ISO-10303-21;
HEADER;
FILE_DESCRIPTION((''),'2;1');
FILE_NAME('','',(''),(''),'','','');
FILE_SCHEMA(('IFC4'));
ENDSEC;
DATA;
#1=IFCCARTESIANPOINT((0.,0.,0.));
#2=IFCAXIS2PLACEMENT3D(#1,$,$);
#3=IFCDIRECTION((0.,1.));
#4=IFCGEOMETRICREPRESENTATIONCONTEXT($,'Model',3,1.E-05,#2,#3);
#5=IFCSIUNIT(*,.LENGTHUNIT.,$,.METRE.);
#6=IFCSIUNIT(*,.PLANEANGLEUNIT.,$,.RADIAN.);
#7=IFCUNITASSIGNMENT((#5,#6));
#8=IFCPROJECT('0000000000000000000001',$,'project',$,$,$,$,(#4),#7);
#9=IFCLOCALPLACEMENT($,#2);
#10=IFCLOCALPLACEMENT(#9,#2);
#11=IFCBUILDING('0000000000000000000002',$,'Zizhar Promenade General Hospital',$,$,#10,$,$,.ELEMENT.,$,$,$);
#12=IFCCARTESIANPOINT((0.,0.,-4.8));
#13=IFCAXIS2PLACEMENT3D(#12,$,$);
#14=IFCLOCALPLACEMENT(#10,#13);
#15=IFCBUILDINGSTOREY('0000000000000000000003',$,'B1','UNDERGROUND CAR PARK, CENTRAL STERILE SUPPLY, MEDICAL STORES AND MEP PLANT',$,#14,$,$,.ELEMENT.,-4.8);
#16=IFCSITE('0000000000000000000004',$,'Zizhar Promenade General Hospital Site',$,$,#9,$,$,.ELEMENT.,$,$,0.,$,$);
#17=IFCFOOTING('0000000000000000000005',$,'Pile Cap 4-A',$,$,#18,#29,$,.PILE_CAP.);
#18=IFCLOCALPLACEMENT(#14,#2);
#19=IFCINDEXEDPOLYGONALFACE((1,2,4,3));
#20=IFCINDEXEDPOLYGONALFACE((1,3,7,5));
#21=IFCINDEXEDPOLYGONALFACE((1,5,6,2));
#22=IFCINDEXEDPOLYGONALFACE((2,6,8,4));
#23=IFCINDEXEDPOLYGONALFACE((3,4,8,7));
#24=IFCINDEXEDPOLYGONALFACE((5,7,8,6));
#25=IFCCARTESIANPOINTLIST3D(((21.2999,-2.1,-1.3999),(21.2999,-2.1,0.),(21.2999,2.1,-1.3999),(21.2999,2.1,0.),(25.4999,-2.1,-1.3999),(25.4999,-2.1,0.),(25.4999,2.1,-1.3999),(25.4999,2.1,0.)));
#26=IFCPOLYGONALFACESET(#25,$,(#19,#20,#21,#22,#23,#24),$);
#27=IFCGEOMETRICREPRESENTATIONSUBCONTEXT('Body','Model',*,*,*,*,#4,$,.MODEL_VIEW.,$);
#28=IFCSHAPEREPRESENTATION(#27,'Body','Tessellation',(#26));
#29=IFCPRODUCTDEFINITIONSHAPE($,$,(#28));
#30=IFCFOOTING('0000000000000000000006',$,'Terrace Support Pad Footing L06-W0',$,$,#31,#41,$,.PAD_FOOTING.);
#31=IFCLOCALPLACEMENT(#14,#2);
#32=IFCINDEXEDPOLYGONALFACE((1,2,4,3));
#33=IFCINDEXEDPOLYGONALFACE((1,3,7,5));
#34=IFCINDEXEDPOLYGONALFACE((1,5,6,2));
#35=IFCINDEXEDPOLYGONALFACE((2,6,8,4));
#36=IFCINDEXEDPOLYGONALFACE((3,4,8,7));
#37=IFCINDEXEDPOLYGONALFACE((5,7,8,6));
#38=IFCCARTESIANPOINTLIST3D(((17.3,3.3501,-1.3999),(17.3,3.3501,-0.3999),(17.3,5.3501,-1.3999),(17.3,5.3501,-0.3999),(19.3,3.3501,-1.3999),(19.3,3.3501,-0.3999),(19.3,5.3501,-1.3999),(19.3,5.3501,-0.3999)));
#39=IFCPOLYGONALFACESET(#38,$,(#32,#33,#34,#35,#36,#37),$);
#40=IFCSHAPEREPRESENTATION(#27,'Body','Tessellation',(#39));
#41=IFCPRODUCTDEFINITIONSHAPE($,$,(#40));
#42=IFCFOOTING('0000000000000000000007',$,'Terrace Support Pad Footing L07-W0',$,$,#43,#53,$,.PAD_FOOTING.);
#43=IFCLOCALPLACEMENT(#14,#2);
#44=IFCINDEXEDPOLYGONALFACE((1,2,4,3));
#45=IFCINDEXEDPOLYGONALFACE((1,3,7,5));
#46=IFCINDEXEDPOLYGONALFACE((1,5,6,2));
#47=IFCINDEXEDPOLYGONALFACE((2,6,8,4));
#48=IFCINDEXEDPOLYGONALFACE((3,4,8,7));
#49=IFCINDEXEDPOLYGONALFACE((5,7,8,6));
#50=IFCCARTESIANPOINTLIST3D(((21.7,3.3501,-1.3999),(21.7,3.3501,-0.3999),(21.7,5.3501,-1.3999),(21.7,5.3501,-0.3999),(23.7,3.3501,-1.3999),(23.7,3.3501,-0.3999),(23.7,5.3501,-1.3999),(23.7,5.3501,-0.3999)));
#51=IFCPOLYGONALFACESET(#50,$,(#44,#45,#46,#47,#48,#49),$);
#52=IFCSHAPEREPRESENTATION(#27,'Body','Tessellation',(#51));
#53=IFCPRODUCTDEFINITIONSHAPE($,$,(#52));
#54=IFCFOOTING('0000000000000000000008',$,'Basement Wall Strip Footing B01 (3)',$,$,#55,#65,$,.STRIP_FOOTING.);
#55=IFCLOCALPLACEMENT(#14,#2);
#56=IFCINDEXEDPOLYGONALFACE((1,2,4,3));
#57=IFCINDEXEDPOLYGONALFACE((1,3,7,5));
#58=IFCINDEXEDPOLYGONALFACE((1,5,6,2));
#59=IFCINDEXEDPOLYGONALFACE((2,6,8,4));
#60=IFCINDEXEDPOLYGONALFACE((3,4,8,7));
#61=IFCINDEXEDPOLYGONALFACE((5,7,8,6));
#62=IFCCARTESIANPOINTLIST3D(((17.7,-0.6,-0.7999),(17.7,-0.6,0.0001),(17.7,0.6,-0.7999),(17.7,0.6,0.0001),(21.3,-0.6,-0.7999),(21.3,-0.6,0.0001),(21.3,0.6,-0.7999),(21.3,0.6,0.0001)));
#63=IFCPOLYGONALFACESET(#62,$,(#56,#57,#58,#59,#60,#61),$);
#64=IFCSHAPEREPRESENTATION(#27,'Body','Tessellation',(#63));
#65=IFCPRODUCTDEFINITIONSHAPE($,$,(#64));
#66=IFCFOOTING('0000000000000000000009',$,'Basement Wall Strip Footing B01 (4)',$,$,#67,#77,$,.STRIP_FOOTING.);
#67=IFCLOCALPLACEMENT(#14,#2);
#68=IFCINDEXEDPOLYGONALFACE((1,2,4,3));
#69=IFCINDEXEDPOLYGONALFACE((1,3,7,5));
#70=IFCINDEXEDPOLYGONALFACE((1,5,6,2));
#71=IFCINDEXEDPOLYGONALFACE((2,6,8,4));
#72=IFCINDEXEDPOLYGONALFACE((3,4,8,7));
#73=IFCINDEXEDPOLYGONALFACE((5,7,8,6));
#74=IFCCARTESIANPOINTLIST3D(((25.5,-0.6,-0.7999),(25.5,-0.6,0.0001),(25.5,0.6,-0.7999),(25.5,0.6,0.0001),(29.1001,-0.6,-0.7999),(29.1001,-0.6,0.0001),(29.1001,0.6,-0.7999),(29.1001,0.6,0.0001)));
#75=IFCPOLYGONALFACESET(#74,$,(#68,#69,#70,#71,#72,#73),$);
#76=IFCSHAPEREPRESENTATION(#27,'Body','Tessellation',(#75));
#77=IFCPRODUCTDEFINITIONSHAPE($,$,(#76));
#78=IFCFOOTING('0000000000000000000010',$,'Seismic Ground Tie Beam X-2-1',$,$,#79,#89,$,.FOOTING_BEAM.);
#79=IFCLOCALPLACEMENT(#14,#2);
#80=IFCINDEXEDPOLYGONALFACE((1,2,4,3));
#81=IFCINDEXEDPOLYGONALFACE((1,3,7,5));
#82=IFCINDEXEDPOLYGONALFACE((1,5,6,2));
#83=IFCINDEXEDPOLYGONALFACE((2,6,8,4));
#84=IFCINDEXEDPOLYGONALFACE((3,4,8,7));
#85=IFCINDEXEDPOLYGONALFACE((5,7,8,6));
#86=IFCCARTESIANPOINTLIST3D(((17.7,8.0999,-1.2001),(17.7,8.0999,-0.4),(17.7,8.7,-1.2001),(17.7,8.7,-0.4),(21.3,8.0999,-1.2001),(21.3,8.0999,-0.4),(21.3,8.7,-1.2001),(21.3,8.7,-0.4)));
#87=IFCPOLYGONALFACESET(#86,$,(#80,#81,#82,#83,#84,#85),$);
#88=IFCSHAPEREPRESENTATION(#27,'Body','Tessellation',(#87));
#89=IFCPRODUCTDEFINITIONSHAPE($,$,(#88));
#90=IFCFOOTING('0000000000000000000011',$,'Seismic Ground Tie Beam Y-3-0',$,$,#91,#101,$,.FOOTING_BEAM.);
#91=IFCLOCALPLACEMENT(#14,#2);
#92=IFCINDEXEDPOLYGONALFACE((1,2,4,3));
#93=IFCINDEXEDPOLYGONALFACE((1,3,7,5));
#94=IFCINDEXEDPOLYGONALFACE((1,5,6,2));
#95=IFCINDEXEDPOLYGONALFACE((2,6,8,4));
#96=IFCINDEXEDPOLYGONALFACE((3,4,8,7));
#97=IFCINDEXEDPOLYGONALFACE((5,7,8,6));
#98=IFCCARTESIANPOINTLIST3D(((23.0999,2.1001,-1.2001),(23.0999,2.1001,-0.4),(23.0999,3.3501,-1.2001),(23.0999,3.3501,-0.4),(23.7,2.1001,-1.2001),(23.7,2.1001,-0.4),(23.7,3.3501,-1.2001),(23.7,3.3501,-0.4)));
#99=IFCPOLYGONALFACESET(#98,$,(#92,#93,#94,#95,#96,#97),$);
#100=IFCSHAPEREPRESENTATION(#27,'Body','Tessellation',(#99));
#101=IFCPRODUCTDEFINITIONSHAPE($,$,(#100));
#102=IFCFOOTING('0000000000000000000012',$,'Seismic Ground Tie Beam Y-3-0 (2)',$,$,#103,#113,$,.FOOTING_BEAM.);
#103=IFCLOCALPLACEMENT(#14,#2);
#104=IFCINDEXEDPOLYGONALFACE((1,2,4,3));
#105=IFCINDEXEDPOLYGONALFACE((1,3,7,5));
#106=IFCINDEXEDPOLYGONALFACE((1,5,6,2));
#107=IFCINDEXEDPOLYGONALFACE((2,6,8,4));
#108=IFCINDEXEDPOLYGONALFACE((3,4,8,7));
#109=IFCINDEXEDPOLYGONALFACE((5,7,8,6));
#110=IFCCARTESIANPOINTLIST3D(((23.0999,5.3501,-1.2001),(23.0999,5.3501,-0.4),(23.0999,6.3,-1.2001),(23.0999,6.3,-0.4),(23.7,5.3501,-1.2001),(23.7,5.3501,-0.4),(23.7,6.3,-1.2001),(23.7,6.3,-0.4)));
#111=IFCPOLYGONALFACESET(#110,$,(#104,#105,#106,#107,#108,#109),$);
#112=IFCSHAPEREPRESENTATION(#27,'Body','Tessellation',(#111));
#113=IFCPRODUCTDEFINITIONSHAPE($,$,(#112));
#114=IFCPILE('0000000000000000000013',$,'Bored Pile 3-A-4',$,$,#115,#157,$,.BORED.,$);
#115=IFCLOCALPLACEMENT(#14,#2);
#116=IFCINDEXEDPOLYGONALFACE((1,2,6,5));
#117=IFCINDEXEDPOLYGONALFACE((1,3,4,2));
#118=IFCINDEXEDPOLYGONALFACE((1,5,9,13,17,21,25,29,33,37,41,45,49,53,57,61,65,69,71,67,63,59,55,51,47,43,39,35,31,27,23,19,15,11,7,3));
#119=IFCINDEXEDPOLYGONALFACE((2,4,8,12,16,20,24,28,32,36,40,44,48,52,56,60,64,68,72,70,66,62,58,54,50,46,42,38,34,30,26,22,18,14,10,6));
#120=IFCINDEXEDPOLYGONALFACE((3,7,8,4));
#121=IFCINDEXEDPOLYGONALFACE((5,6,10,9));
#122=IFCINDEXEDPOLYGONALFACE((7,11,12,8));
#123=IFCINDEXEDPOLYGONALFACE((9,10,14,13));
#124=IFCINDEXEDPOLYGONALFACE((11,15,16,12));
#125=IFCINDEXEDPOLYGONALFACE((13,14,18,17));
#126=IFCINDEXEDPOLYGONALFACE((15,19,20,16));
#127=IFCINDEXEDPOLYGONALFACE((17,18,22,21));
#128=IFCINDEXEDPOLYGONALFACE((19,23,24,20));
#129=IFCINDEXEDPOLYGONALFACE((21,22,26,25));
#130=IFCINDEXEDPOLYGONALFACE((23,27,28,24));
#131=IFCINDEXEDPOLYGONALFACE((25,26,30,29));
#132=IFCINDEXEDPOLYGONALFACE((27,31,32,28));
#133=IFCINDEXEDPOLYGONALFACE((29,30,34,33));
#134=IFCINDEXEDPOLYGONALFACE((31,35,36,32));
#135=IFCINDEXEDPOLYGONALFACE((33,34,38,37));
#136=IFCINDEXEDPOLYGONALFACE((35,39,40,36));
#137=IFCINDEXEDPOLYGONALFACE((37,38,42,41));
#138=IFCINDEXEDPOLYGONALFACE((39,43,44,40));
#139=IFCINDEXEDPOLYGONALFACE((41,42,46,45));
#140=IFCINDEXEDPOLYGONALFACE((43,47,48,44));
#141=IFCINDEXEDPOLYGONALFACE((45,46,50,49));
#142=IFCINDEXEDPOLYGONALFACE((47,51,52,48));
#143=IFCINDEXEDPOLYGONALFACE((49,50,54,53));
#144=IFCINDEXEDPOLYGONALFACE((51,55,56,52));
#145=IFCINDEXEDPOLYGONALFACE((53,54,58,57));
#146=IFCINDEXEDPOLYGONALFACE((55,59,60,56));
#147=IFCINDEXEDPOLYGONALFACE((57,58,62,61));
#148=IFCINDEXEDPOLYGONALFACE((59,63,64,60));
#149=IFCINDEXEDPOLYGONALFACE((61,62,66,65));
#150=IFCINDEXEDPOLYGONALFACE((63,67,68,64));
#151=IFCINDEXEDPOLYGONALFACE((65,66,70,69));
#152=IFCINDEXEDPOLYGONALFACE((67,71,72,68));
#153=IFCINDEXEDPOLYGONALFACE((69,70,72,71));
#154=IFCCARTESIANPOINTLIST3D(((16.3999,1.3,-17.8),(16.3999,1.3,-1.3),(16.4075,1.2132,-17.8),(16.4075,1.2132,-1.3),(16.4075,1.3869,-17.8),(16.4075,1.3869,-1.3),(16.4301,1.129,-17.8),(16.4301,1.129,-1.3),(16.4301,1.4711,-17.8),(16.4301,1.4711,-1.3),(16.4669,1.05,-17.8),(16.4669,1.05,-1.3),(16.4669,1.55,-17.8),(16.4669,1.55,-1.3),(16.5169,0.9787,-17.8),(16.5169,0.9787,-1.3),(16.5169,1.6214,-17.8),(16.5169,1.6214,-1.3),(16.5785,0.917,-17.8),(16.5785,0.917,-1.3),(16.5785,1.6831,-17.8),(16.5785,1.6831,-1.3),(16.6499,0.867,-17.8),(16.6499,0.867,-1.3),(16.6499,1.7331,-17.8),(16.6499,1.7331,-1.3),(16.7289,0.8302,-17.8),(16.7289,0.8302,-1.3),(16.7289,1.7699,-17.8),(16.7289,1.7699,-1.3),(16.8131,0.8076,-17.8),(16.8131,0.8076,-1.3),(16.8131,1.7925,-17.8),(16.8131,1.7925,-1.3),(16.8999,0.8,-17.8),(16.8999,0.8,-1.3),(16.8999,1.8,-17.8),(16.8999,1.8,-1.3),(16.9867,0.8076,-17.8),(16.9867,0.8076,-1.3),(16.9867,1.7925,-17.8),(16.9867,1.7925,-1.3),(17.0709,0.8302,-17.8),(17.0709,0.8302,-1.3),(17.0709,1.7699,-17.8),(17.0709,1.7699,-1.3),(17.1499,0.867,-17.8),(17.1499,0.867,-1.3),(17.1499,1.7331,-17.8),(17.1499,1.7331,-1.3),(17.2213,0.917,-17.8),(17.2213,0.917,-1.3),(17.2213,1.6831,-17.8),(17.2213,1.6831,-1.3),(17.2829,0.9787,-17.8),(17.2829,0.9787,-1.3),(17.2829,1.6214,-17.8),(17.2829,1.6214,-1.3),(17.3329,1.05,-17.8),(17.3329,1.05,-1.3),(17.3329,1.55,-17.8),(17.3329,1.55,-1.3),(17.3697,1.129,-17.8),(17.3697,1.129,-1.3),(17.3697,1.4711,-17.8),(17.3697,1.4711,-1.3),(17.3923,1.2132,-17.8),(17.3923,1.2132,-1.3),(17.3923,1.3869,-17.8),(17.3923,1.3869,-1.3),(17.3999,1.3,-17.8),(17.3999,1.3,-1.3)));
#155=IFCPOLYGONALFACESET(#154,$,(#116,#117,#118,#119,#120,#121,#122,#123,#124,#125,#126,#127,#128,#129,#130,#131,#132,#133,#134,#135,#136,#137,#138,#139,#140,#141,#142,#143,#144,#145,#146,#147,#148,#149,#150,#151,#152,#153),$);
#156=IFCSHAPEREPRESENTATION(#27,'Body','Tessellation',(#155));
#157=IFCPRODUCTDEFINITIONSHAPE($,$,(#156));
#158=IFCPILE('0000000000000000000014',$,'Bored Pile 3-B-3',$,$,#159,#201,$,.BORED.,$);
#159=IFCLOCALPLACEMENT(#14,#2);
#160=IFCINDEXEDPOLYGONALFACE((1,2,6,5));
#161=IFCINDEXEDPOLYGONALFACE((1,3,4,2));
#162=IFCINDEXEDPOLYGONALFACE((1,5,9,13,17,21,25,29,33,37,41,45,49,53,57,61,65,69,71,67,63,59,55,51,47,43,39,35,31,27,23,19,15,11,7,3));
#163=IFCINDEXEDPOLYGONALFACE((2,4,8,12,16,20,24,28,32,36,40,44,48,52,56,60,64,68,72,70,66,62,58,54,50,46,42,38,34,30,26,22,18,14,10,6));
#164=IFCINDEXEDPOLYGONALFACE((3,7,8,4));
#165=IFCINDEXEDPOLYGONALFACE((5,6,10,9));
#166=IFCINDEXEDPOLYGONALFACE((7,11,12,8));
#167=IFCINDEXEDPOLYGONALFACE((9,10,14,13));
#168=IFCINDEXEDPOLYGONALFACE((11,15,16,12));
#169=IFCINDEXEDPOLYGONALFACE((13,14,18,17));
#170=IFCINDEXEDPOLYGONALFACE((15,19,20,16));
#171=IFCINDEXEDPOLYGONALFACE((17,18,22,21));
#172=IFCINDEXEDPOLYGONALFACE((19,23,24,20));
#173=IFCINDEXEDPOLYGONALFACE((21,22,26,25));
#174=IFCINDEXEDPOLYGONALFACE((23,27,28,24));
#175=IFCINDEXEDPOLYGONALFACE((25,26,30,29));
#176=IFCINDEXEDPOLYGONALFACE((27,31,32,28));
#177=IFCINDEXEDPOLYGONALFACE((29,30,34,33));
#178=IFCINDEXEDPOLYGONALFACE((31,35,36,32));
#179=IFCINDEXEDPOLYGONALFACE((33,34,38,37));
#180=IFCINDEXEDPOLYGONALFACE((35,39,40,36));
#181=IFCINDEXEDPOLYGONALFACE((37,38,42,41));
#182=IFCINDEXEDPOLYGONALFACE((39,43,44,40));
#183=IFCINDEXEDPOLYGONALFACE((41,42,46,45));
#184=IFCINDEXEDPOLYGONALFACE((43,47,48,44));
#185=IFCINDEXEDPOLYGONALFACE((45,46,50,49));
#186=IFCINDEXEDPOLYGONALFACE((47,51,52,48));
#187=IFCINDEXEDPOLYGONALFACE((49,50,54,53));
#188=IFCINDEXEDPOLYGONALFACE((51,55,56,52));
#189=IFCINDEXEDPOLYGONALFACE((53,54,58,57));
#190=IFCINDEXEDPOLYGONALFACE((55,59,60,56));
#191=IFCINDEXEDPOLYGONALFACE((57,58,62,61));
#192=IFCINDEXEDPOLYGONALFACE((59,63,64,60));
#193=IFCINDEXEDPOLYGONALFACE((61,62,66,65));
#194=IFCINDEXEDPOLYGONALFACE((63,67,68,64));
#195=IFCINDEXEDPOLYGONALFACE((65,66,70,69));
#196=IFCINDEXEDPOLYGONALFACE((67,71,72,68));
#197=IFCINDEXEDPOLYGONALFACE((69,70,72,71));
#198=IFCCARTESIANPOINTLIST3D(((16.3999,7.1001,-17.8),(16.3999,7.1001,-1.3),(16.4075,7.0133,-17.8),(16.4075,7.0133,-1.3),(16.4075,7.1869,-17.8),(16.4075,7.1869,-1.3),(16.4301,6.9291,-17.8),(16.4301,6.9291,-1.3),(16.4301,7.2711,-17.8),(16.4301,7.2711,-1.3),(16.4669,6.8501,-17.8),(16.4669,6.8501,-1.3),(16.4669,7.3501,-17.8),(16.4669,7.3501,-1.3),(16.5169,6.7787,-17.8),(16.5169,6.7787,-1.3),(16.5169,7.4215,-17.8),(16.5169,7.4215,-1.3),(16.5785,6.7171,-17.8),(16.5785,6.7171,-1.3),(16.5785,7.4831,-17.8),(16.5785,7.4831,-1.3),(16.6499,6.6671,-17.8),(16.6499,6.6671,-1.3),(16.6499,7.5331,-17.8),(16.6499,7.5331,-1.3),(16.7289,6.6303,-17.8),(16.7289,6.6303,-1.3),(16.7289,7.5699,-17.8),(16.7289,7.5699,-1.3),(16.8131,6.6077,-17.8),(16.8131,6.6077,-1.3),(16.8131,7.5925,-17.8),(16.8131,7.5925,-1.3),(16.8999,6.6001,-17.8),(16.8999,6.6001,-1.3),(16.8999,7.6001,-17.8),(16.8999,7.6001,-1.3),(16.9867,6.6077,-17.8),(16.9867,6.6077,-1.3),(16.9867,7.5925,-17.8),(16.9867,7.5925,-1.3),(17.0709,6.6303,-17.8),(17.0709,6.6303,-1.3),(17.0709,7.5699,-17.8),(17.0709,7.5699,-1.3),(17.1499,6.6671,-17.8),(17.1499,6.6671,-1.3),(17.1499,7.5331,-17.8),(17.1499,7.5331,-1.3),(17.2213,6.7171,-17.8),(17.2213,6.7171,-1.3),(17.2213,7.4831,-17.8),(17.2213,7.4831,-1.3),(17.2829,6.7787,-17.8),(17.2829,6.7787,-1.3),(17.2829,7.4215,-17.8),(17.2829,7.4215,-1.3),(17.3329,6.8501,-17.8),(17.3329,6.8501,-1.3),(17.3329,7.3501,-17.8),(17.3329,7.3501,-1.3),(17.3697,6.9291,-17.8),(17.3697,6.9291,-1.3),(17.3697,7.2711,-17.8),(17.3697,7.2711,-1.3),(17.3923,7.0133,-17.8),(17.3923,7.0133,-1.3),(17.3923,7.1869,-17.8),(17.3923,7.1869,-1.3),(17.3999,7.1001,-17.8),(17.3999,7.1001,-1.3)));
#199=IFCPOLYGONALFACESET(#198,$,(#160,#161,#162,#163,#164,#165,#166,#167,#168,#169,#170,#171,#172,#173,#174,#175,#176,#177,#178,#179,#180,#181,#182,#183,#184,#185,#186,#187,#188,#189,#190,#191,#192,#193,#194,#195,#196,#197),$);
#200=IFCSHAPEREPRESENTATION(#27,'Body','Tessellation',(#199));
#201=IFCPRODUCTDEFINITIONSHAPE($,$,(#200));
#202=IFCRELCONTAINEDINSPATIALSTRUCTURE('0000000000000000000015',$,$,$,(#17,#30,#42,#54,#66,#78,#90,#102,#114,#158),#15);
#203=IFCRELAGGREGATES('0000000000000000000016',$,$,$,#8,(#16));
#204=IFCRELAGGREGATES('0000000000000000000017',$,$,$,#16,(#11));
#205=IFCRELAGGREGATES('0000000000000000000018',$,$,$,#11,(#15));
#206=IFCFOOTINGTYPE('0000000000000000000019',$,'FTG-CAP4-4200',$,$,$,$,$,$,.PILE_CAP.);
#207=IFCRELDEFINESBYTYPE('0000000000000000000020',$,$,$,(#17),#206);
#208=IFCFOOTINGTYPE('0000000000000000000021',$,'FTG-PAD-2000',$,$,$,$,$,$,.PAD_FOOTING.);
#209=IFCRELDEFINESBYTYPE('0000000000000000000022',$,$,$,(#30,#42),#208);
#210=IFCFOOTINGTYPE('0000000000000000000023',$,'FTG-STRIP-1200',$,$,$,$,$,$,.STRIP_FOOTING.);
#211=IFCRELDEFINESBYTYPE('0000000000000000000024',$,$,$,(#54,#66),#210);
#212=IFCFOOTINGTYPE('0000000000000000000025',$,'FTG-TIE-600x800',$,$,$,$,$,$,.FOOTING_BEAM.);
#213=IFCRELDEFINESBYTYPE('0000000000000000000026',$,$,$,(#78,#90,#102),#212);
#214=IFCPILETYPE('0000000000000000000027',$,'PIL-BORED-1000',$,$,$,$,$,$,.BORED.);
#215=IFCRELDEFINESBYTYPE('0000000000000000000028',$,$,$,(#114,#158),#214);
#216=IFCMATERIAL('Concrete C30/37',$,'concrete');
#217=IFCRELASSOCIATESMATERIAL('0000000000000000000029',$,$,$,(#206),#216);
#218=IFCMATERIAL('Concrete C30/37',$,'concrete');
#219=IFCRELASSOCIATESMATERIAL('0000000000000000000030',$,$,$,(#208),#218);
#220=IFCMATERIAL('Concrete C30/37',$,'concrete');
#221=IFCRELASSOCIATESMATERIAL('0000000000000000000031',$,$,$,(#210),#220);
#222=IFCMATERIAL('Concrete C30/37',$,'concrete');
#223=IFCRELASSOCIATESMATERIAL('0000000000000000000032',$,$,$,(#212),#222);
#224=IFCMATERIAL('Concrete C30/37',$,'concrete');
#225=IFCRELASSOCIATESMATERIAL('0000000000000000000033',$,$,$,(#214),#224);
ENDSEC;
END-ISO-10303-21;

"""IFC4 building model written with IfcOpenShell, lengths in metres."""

from ifc_helpers import new_model, si_unit, direction, frame, origin, origin_2d, place, context, subcontext, project, spatial, rectangle, circle, extrude, material, material_profile, profile_set, type_object, element, save


model = new_model("IFC4")

# Units and contexts
model_context = context("Model", 3, precision=1e-05, world=origin(), true_north=direction((0.0, 1.0)))
body_context = subcontext(model_context, "Body", "Model", "MODEL_VIEW")
ifc_project = project(units=[si_unit("LENGTHUNIT", "METRE"), si_unit("PLANEANGLEUNIT", "RADIAN")], contexts=[model_context])

# Site, building, storey
site_placement = place(None, origin())
site = spatial("IfcSite", under=ifc_project, at=site_placement, Name="Zizhar Promenade General Hospital Site", CompositionType="ELEMENT", RefElevation=0.0)
building_placement = place(site_placement, origin())
building = spatial("IfcBuilding", under=site, at=building_placement, Name="Zizhar Promenade General Hospital", CompositionType="ELEMENT")
storey_placement = place(building_placement, frame((0.0, 0.0, -4.8)))
storey = spatial("IfcBuildingStorey", under=building, at=storey_placement, Name="B1", Description="UNDERGROUND CAR PARK, CENTRAL STERILE SUPPLY, MEDICAL STORES AND MEP PLANT", CompositionType="ELEMENT", Elevation=-4.8)

# Footings
ifc_material_1 = material(Name="Concrete C30/37", Category="concrete")
footing_type_1 = type_object("IfcFootingType", Name="FTG-CAP4-4200", PredefinedType="PILE_CAP", material=ifc_material_1)
footing_1_placement = place(storey_placement, frame((23.3999, 0.0, -1.3999), z_axis=(0.0, 0.0, 1.0), x_axis=(1.0, 0.0, 0.0)))
element("IfcFooting", 1, at=footing_1_placement, inside=storey, type_object=footing_type_1, Name="Pile Cap 4-A", PredefinedType="PILE_CAP", context=body_context, shape_type="SweptSolid", body=[
    extrude(rectangle(XDim=4.2, YDim=4.2, at=origin_2d()), origin(), (0.0, 0.0, 1.0), 1.3999),
])
ifc_material_2 = material(Name="Concrete C30/37", Category="concrete")
footing_type_2 = type_object("IfcFootingType", Name="FTG-PAD-2000", PredefinedType="PAD_FOOTING", material=ifc_material_2)
for number, where, z_axis, x_axis, name in (
    (2, (18.3, 4.3501, -1.3999), (0.0, 0.0, 1.0), (1.0, 0.0, 0.0), "Terrace Support Pad Footing L06-W0"),
    (3, (22.7, 4.3501, -1.3999), (0.0, 0.0, 1.0), (1.0, 0.0, 0.0), "Terrace Support Pad Footing L07-W0"),
):
    element("IfcFooting", number, at=place(storey_placement, frame(where, z_axis=z_axis, x_axis=x_axis)), inside=storey, type_object=footing_type_2, Name=name, PredefinedType="PAD_FOOTING", context=body_context, shape_type="SweptSolid", body=[
        extrude(rectangle(XDim=2.0, YDim=2.0, at=origin_2d()), origin(), (0.0, 0.0, 1.0), 1.0),
    ])
ifc_material_3 = material(Name="Concrete C30/37", Category="concrete")
ifc_material_profile_1 = material_profile(ifc_material_3, rectangle(XDim=1.2, YDim=0.8, at=origin_2d()))
ifc_profile_set_1 = profile_set([ifc_material_profile_1], Name="Concrete C30/37")
footing_type_3 = type_object("IfcFootingType", Name="FTG-STRIP-1200", PredefinedType="STRIP_FOOTING", material=ifc_profile_set_1)
for number, where, z_axis, x_axis, name in (
    (4, (17.7, 0.0, -0.3999), (1.0, 0.0, 0.0), (0.0, 1.0, 0.0), "Basement Wall Strip Footing B01 (3)"),
    (5, (25.5, 0.0, -0.3999), (1.0, 0.0, 0.0), (0.0, 1.0, 0.0), "Basement Wall Strip Footing B01 (4)"),
):
    element("IfcFooting", number, at=place(storey_placement, frame(where, z_axis=z_axis, x_axis=x_axis)), inside=storey, type_object=footing_type_3, Name=name, PredefinedType="STRIP_FOOTING", context=body_context, shape_type="SweptSolid", body=[
        extrude(rectangle(XDim=1.2, YDim=0.8, at=origin_2d()), origin(), (0.0, 0.0, 1.0), 3.6001),
    ])
ifc_material_4 = material(Name="Concrete C30/37", Category="concrete")
ifc_material_profile_2 = material_profile(ifc_material_4, rectangle(XDim=0.6001, YDim=0.8, at=origin_2d()))
ifc_profile_set_2 = profile_set([ifc_material_profile_2], Name="Concrete C30/37")
footing_type_4 = type_object("IfcFootingType", Name="FTG-TIE-600x800", PredefinedType="FOOTING_BEAM", material=ifc_profile_set_2)
footing_2_placement = place(storey_placement, frame((17.7, 8.3999, -0.8), z_axis=(1.0, 0.0, 0.0), x_axis=(0.0, 1.0, 0.0)))
element("IfcFooting", 6, at=footing_2_placement, inside=storey, type_object=footing_type_4, Name="Seismic Ground Tie Beam X-2-1", PredefinedType="FOOTING_BEAM", context=body_context, shape_type="SweptSolid", body=[
    extrude(rectangle(XDim=0.6001, YDim=0.8, at=origin_2d()), origin(), (0.0, 0.0, 1.0), 3.6001),
])
footing_3_placement = place(storey_placement, frame((23.3999, 2.1001, -0.8), z_axis=(0.0, 1.0, 0.0), x_axis=(-1.0, 0.0, 0.0)))
element("IfcFooting", 7, at=footing_3_placement, inside=storey, type_object=footing_type_4, Name="Seismic Ground Tie Beam Y-3-0", PredefinedType="FOOTING_BEAM", context=body_context, shape_type="SweptSolid", body=[
    extrude(rectangle(XDim=0.6001, YDim=0.8, at=origin_2d()), origin(), (0.0, 0.0, 1.0), 1.25),
])
footing_4_placement = place(storey_placement, frame((23.3999, 5.3501, -0.8), z_axis=(0.0, 1.0, 0.0), x_axis=(-1.0, 0.0, 0.0)))
element("IfcFooting", 8, at=footing_4_placement, inside=storey, type_object=footing_type_4, Name="Seismic Ground Tie Beam Y-3-0 (2)", PredefinedType="FOOTING_BEAM", context=body_context, shape_type="SweptSolid", body=[
    extrude(rectangle(XDim=0.6001, YDim=0.8, at=origin_2d()), origin(), (0.0, 0.0, 1.0), 0.95),
])

# Piles
ifc_material_5 = material(Name="Concrete C30/37", Category="concrete")
ifc_material_profile_3 = material_profile(ifc_material_5, circle(Radius=0.5, at=origin_2d()))
ifc_profile_set_3 = profile_set([ifc_material_profile_3], Name="Concrete C30/37")
pile_type = type_object("IfcPileType", Name="PIL-BORED-1000", PredefinedType="BORED", material=ifc_profile_set_3)
for number, where, z_axis, x_axis, name in (
    (9, (16.8999, 1.3, -1.3), (0.0, 0.0, -1.0), (1.0, 0.0, 0.0), "Bored Pile 3-A-4"),
    (10, (16.8999, 7.1001, -1.3), (0.0, 0.0, -1.0), (1.0, 0.0, 0.0), "Bored Pile 3-B-3"),
):
    element("IfcPile", number, at=place(storey_placement, frame(where, z_axis=z_axis, x_axis=x_axis)), inside=storey, type_object=pile_type, Name=name, PredefinedType="BORED", context=body_context, shape_type="SweptSolid", body=[
        extrude(circle(Radius=0.5, at=origin_2d()), origin(), (0.0, 0.0, 1.0), 16.5),
    ])

save(model, "model.ifc")
